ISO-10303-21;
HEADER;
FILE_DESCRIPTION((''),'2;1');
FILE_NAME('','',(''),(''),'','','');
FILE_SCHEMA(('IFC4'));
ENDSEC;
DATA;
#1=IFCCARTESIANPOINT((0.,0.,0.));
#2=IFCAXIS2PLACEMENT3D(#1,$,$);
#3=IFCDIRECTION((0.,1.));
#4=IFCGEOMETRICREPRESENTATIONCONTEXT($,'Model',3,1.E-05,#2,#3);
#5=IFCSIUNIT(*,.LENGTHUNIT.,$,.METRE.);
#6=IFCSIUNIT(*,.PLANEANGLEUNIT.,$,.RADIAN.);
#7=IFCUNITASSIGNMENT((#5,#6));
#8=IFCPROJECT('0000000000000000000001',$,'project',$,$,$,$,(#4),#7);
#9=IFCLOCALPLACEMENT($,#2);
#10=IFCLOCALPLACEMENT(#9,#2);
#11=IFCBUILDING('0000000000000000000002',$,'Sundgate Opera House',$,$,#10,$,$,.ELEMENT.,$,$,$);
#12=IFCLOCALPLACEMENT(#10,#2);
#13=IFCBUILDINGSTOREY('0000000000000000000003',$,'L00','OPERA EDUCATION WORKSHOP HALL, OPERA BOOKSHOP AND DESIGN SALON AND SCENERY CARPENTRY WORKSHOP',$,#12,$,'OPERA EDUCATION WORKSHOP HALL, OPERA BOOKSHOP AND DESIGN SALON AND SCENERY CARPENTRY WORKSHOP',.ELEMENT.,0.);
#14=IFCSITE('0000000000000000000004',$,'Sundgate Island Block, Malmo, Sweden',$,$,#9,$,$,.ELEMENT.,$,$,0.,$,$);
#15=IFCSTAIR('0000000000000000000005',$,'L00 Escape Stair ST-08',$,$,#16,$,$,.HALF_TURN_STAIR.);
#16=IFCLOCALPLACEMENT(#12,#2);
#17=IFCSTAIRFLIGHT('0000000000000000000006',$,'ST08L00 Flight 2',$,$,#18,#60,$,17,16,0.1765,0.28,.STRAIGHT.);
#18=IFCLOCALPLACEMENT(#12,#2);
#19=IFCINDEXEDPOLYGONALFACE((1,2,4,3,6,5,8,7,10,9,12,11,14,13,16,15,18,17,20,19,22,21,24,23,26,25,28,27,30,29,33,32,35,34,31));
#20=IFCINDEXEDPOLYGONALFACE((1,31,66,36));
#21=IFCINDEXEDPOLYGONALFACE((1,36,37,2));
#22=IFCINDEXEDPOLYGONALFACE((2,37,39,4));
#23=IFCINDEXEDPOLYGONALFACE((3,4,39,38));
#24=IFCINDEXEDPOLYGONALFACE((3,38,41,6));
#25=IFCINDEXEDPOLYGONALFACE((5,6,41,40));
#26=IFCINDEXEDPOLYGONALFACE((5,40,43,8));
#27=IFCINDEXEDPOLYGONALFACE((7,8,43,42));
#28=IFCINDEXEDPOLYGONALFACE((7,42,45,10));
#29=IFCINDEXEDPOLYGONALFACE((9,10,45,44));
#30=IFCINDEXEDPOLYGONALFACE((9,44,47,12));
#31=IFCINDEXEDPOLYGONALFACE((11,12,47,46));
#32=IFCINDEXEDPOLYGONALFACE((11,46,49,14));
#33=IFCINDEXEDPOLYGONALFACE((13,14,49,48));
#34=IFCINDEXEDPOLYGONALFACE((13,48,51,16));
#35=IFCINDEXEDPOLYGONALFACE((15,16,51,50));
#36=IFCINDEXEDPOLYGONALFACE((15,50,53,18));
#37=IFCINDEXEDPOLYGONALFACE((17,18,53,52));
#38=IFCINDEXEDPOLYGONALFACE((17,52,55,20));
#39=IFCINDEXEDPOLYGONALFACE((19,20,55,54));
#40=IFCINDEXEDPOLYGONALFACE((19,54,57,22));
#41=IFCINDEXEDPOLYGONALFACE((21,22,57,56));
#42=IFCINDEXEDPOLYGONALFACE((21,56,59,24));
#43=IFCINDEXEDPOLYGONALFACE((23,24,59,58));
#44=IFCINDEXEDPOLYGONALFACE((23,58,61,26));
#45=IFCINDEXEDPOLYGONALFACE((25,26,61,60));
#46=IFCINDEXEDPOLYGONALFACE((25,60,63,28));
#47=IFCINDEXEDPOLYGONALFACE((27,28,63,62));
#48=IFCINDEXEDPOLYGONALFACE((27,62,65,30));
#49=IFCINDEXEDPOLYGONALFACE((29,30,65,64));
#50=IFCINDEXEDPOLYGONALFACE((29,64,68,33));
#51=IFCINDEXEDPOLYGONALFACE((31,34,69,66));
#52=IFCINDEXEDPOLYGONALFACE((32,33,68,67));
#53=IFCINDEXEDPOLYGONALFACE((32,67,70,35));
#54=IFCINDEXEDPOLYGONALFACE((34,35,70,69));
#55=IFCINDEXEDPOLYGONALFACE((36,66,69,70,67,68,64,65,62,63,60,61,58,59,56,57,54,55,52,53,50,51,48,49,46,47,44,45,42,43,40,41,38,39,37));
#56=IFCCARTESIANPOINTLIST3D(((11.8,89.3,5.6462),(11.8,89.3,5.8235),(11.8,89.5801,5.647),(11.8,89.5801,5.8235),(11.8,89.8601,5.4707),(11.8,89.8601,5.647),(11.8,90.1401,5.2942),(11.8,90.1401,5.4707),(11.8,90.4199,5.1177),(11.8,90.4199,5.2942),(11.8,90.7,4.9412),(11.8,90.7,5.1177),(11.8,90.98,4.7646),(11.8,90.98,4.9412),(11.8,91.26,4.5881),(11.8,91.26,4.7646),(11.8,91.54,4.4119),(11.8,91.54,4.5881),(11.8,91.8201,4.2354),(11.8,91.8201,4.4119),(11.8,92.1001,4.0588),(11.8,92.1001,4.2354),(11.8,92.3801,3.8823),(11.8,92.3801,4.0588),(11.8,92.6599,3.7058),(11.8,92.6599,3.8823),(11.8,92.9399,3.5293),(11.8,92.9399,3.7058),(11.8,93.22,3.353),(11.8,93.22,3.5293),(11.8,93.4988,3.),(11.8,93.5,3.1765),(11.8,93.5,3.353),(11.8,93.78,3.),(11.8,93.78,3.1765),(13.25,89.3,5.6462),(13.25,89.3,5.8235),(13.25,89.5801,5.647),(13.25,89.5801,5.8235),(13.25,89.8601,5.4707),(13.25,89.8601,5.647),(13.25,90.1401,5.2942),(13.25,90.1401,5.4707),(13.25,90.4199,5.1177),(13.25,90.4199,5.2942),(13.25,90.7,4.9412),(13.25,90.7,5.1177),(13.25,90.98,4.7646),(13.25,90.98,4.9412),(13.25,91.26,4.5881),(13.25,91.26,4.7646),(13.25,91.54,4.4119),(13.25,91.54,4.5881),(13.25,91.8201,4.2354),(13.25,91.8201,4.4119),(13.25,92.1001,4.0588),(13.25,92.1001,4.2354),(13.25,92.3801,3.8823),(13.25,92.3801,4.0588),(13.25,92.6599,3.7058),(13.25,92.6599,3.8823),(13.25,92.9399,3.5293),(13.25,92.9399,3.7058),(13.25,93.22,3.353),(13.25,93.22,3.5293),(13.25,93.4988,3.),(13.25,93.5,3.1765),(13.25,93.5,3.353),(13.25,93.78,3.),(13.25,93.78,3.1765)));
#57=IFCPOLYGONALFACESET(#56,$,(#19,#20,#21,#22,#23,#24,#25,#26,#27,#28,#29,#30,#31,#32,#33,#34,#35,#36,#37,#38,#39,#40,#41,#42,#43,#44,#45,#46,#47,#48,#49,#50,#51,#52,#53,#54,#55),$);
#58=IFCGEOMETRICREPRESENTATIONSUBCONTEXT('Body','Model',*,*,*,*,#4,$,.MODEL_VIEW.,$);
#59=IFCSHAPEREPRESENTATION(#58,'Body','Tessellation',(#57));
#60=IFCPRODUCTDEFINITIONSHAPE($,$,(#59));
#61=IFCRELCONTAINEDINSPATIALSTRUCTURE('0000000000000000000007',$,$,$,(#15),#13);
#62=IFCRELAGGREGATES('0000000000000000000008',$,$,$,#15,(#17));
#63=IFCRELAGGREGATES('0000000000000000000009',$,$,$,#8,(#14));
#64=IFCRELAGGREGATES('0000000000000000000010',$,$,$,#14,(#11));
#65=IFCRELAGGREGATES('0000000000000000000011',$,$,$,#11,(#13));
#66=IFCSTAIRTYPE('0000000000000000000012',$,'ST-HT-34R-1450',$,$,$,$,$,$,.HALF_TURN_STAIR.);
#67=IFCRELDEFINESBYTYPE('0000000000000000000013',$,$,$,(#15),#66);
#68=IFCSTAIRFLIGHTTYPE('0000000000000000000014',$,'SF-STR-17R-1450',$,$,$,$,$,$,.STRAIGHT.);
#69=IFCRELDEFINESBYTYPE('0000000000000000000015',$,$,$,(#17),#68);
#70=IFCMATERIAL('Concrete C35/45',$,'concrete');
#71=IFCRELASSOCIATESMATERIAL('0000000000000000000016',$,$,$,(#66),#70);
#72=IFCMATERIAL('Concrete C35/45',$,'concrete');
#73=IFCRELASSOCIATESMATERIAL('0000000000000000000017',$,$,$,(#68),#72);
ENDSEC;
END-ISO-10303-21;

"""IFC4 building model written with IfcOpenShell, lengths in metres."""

from ifc_helpers import new_model, si_unit, direction, frame, origin, place, context, subcontext, project, spatial, polyline, outline, extrude, material, type_object, element, aggregate, save


model = new_model("IFC4")

# Units and contexts
model_context = context("Model", 3, precision=1e-05, world=origin(), true_north=direction((0.0, 1.0)))
body_context = subcontext(model_context, "Body", "Model", "MODEL_VIEW")
ifc_project = project(units=[si_unit("LENGTHUNIT", "METRE"), si_unit("PLANEANGLEUNIT", "RADIAN")], contexts=[model_context])

# Site, building, storey
site_placement = place(None, origin())
site = spatial("IfcSite", under=ifc_project, at=site_placement, Name="Sundgate Island Block, Malmo, Sweden", CompositionType="ELEMENT", RefElevation=0.0)
building_placement = place(site_placement, origin())
building = spatial("IfcBuilding", under=site, at=building_placement, Name="Sundgate Opera House", CompositionType="ELEMENT")
storey_placement = place(building_placement, origin())
storey = spatial("IfcBuildingStorey", under=building, at=storey_placement, Name="L00", Description="OPERA EDUCATION WORKSHOP HALL, OPERA BOOKSHOP AND DESIGN SALON AND SCENERY CARPENTRY WORKSHOP", LongName="OPERA EDUCATION WORKSHOP HALL, OPERA BOOKSHOP AND DESIGN SALON AND SCENERY CARPENTRY WORKSHOP", CompositionType="ELEMENT", Elevation=0.0)

# Stair, stair flight
ifc_material_1 = material(Name="Concrete C35/45", Category="concrete")
stair_type = type_object("IfcStairType", Name="ST-HT-34R-1450", PredefinedType="HALF_TURN_STAIR", material=ifc_material_1)
stair_placement = place(storey_placement, origin())
stair = element("IfcStair", 1, at=stair_placement, inside=storey, type_object=stair_type, Name="L00 Escape Stair ST-08", PredefinedType="HALF_TURN_STAIR")
ifc_material_2 = material(Name="Concrete C35/45", Category="concrete")
stair_flight_type = type_object("IfcStairFlightType", Name="SF-STR-17R-1450", PredefinedType="STRAIGHT", material=ifc_material_2)
stair_flight_1_placement = place(storey_placement, frame((12.5249, 93.78, 3.0), z_axis=(0.0, 0.0, 1.0), x_axis=(0.0, -1.0, 0.0)))
stair_flight_1 = element("IfcStairFlight", 2, at=stair_flight_1_placement, type_object=stair_flight_type, Name="ST08L00 Flight 2", NumberOfRisers=17, NumberOfTreads=16, PredefinedType="STRAIGHT", RiserHeight=0.1765, TreadLength=0.28, context=body_context, shape_type="SweptSolid", body=[
    extrude(outline(polyline([(0.0, 0.0), (0.0, 0.1765), (0.28, 0.1765), (0.28, 0.353), (0.5601, 0.353), (0.5601, 0.5293), (0.8401, 0.5293), (0.8401, 0.7058), (1.1201, 0.7058), (1.1201, 0.8823), (1.3999, 0.8823), (1.3999, 1.0588), (1.6799, 1.0588), (1.6799, 1.2354), (1.96, 1.2354), (1.96, 1.4119), (2.24, 1.4119), (2.24, 1.5881), (2.52, 1.5881), (2.52, 1.7646), (2.8, 1.7646), (2.8, 1.9412), (3.0801, 1.9412), (3.0801, 2.1177), (3.3601, 2.1177), (3.3601, 2.2942), (3.6399, 2.2942), (3.6399, 2.4707), (3.9199, 2.4707), (3.9199, 2.647), (4.2, 2.647), (4.2, 2.8235), (4.48, 2.8235), (4.48, 3.0), (4.48, 2.6462), (0.2812, 0.0), (0.0, 0.0)])), frame((0.0, 0.7251, 0.0), z_axis=(0.0, -1.0, 0.0), x_axis=(1.0, 0.0, 0.0)), (0.0, 0.0, 1.0), 1.45),
])
aggregate(stair, [stair_flight_1])

save(model, "model.ifc")
